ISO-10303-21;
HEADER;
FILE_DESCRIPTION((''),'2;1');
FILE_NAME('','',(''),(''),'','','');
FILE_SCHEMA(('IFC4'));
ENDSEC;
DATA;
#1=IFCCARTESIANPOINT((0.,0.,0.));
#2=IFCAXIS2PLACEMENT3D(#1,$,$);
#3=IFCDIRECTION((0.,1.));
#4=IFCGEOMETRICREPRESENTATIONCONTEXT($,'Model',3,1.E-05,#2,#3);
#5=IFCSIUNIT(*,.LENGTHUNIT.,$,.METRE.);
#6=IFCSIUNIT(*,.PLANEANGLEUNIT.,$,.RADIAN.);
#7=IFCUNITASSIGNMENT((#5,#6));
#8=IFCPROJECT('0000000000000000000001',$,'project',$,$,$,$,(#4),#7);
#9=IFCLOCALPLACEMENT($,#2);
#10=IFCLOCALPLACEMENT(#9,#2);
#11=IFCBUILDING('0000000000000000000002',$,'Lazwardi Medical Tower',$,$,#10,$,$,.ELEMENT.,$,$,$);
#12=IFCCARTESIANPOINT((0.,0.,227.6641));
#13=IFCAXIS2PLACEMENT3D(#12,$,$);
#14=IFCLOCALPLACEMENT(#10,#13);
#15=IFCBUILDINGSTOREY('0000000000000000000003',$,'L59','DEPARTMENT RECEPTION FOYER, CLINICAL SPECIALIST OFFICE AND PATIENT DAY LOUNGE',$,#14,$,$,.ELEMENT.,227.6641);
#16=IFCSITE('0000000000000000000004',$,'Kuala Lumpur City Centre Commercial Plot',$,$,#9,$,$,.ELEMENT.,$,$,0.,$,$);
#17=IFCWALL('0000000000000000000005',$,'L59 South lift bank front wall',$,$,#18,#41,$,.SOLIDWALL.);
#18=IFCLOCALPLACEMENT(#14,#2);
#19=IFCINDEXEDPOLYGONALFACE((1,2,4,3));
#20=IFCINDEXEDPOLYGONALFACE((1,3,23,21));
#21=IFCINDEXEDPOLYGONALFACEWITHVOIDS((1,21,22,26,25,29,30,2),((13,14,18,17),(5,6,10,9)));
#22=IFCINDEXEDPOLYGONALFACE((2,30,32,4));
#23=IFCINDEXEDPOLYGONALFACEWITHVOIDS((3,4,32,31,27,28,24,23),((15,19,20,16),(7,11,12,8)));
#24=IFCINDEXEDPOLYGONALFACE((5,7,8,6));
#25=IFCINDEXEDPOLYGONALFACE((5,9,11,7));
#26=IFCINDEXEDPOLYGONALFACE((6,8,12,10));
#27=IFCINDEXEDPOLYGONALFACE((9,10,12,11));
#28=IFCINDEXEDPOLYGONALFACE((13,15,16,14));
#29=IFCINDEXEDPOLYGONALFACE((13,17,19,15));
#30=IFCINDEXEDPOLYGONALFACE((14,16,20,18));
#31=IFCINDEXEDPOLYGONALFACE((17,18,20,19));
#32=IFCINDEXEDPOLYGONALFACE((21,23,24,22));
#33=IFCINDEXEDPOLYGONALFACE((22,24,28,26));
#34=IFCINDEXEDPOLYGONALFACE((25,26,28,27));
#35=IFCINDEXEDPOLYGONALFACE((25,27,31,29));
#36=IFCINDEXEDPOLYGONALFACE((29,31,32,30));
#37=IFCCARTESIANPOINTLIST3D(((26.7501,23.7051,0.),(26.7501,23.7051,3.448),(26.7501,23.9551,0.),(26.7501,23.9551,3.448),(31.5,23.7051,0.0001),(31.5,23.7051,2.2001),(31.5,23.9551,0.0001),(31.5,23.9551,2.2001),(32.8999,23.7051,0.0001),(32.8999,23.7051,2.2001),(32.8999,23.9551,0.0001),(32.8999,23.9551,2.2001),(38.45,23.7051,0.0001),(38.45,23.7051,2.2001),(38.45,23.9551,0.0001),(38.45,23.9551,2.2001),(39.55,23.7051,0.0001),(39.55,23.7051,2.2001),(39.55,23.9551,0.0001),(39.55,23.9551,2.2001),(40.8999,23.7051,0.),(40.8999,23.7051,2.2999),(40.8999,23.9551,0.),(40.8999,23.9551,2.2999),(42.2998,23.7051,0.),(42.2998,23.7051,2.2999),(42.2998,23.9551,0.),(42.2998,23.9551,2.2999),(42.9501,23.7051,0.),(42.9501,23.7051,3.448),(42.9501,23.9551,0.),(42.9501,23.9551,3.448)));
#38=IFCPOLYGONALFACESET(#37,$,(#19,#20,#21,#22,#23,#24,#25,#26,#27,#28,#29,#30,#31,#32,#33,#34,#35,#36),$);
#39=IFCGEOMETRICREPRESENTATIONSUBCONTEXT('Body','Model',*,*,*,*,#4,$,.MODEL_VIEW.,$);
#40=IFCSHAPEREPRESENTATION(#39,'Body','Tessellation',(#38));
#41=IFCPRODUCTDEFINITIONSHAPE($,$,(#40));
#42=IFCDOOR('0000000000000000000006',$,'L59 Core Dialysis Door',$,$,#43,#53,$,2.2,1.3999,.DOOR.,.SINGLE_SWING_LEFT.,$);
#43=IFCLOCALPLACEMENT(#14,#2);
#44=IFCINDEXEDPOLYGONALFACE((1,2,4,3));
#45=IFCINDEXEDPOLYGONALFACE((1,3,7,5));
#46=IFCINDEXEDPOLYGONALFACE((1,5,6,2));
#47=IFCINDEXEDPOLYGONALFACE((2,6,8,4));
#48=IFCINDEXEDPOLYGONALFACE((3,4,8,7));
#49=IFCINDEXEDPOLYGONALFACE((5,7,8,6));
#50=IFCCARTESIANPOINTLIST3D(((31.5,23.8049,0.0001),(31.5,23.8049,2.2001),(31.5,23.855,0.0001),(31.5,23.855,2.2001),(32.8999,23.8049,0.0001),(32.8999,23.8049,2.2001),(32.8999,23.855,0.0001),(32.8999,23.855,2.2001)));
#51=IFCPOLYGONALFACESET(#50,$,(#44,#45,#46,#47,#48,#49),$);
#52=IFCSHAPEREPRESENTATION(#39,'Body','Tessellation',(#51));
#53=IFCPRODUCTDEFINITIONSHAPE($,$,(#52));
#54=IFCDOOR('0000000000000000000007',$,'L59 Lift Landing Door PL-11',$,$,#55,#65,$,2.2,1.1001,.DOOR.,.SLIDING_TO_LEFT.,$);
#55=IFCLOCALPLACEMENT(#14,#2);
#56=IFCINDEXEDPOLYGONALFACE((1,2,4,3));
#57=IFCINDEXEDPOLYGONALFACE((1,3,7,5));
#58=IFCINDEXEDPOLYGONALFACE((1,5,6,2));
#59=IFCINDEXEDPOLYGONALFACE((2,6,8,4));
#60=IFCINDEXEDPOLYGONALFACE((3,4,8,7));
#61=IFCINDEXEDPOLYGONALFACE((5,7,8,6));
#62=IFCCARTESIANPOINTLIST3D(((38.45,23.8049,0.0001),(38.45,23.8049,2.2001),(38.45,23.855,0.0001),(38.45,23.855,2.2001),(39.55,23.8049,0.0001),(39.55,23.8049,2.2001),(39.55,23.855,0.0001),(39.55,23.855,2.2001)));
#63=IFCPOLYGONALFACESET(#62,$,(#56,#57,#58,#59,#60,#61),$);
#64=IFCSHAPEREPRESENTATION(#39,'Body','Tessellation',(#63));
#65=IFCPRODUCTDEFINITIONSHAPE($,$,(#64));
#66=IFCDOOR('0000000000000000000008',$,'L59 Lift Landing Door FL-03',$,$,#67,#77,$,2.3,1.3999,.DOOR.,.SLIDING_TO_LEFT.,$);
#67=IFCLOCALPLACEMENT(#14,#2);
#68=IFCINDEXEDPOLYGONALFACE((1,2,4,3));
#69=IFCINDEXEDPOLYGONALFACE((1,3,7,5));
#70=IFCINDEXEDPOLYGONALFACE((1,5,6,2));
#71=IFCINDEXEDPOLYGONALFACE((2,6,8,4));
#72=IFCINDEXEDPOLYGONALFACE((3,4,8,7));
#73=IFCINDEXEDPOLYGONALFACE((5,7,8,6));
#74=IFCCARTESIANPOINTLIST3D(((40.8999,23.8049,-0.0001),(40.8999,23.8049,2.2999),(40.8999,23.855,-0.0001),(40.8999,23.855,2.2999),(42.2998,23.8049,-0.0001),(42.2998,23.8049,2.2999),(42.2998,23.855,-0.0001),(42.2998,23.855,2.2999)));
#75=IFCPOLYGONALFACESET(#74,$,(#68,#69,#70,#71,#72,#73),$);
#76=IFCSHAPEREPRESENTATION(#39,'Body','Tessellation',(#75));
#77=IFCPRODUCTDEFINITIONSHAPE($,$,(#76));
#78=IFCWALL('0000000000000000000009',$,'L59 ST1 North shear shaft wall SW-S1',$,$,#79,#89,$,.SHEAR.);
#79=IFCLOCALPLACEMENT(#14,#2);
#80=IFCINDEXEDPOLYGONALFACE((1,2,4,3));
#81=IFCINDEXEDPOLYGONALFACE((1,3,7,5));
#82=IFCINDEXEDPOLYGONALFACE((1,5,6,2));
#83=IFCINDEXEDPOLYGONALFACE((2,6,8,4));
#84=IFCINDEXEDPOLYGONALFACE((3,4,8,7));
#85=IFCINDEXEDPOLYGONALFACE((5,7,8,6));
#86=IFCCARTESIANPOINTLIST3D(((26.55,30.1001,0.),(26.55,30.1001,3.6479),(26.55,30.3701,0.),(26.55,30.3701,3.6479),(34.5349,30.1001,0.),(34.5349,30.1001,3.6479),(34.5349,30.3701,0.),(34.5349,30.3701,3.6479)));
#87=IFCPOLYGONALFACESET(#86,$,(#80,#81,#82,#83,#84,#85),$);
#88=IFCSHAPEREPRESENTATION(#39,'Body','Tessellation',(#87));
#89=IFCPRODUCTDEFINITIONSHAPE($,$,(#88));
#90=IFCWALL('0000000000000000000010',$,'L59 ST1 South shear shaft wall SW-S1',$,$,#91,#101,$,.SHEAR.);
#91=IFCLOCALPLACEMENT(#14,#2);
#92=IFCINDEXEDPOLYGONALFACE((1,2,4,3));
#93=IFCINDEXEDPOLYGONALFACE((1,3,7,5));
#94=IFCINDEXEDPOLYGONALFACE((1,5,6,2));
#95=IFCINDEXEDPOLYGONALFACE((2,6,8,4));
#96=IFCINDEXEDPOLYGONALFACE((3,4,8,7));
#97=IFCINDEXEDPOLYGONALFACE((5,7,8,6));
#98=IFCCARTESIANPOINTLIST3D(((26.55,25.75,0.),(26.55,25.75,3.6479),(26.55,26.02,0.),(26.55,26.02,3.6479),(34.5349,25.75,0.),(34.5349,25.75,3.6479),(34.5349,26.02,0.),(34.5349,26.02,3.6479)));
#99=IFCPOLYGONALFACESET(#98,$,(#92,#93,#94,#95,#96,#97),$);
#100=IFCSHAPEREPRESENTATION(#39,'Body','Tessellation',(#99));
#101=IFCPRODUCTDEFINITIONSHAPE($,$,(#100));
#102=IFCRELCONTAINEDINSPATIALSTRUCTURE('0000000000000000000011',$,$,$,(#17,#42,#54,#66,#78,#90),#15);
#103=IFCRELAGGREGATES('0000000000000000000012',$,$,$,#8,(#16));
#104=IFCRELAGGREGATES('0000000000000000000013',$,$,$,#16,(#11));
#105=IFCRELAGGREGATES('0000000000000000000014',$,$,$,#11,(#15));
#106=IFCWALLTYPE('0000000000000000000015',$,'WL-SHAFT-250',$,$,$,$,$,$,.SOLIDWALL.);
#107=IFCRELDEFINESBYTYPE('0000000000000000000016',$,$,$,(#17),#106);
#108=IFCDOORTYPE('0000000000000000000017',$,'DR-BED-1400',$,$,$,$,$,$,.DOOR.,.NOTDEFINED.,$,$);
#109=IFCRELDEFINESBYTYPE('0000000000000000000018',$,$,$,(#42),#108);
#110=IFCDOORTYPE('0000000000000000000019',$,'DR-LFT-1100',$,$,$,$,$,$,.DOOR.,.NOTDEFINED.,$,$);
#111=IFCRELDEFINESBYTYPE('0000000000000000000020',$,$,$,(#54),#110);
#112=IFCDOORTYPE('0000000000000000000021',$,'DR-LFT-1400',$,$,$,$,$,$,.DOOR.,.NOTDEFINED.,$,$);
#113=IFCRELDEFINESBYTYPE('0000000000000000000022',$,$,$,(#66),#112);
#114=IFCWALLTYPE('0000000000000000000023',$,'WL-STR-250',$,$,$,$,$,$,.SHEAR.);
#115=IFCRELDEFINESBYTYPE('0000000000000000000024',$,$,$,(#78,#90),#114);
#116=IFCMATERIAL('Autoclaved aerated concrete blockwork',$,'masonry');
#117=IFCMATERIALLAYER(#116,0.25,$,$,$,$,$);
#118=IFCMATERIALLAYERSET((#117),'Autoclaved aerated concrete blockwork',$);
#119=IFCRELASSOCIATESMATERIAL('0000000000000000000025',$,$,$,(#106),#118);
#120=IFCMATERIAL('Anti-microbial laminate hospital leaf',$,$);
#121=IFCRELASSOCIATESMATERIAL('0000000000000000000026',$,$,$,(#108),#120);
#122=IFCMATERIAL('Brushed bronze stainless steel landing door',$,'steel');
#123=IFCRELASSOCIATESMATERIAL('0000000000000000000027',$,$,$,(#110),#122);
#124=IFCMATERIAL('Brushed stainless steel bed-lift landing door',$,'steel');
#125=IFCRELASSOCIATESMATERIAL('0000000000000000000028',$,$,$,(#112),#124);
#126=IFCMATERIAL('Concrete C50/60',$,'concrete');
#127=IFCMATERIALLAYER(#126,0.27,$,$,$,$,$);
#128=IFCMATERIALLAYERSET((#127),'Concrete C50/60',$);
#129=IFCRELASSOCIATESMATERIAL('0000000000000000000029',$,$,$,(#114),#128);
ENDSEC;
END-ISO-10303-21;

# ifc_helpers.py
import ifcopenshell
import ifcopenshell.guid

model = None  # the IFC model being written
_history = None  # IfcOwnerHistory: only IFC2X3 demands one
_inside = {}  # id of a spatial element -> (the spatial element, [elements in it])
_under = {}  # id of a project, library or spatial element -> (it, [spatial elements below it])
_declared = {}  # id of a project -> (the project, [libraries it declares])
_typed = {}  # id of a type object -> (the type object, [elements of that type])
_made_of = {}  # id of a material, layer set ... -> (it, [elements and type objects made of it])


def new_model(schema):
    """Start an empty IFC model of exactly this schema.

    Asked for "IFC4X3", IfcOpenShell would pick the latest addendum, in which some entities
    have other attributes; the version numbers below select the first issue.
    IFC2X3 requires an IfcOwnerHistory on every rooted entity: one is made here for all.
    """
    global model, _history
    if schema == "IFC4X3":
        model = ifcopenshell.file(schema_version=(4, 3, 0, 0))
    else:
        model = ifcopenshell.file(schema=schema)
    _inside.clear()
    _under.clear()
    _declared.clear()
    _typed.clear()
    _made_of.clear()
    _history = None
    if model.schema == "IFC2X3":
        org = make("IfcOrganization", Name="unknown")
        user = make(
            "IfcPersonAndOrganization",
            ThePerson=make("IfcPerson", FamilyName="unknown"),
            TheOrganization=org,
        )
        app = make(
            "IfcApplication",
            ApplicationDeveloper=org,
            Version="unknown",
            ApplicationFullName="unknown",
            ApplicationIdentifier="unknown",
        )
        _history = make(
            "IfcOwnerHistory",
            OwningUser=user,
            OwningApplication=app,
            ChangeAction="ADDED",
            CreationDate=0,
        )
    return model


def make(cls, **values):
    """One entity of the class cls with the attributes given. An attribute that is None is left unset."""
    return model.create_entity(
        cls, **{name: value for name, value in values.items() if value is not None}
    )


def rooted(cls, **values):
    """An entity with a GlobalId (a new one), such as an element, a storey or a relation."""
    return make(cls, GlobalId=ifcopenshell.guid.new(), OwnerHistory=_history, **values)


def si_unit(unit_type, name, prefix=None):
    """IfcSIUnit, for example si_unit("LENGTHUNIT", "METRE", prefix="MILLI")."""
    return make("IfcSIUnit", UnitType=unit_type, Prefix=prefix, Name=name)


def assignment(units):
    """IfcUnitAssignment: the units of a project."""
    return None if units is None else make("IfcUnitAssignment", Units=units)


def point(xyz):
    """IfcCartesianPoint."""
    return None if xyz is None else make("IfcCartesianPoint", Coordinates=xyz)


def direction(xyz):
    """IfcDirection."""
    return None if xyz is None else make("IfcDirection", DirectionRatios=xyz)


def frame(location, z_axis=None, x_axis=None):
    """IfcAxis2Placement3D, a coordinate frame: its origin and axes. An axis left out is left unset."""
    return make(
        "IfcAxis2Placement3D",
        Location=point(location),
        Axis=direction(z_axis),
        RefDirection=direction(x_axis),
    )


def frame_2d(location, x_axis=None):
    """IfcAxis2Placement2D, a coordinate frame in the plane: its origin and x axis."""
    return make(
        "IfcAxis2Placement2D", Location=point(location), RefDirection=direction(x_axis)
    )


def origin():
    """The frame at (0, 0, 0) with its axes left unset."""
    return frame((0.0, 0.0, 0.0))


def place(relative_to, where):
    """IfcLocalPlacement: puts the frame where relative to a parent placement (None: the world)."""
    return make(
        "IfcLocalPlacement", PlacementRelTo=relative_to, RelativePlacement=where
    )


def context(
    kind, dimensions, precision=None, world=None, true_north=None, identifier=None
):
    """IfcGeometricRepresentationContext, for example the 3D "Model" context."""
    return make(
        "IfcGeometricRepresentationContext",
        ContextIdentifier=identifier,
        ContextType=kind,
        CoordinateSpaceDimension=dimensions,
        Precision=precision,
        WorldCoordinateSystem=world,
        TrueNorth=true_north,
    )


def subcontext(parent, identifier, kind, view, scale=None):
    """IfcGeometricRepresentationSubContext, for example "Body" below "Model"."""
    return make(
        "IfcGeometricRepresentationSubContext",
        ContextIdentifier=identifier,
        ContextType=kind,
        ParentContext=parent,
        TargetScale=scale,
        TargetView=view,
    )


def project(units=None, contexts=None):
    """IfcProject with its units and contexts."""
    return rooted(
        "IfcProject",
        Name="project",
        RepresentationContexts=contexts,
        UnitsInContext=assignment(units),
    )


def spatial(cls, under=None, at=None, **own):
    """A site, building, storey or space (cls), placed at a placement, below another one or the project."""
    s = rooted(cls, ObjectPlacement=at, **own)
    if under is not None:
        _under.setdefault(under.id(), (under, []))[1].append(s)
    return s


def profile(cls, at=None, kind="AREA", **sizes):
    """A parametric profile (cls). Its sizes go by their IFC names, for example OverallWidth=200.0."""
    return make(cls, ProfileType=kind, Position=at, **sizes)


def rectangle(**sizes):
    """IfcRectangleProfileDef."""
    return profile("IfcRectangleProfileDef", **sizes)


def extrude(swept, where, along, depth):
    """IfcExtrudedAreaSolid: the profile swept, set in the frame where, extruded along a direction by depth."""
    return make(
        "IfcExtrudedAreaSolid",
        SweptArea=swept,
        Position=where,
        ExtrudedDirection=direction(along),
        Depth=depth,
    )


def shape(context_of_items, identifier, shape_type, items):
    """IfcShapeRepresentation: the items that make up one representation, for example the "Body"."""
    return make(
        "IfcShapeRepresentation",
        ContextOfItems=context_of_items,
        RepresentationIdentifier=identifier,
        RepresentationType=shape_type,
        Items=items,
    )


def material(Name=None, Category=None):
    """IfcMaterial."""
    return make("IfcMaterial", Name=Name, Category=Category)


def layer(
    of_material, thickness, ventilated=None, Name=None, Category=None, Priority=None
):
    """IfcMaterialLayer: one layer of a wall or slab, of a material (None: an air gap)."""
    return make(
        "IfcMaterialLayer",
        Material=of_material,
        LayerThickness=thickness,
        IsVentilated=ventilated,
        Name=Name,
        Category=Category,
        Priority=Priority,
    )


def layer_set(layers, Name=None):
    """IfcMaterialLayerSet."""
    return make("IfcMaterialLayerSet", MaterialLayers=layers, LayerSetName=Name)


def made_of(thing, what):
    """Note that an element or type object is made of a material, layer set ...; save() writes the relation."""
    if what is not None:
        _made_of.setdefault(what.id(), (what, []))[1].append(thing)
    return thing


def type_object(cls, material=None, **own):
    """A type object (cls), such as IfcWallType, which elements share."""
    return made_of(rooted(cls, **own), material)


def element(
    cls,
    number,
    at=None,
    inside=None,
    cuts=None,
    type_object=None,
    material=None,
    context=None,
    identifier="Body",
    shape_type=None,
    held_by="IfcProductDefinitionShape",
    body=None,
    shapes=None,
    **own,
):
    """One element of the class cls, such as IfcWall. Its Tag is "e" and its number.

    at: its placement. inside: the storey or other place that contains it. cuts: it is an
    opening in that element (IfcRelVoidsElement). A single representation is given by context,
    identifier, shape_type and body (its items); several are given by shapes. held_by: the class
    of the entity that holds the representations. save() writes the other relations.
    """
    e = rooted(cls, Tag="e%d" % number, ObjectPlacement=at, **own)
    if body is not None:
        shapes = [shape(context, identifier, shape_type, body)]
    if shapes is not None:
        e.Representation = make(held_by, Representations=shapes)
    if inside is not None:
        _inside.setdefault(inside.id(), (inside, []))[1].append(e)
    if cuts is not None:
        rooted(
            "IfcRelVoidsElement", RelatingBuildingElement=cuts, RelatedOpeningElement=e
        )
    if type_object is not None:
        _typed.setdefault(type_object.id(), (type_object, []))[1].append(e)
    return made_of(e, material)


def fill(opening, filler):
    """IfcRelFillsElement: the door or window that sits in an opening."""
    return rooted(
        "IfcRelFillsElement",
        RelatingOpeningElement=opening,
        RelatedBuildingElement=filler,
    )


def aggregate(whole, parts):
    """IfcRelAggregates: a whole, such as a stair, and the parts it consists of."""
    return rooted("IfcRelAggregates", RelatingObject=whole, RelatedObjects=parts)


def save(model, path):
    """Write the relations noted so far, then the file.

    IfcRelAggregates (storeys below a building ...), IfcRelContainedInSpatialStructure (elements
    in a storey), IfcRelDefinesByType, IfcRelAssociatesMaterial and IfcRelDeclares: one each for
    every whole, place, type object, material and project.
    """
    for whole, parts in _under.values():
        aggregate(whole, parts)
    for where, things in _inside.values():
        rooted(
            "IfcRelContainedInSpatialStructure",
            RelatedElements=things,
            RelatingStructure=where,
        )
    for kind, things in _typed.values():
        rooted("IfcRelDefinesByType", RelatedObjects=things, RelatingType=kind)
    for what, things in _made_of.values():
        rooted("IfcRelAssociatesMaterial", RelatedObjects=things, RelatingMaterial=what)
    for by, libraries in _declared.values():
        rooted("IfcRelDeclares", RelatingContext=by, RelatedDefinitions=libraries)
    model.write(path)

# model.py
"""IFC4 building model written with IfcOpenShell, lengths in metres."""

from ifc_helpers import new_model, si_unit, direction, frame, frame_2d, origin, place, context, subcontext, project, spatial, rectangle, extrude, material, layer, layer_set, type_object, element, fill, save


model = new_model("IFC4")

# Units and contexts
model_context = context("Model", 3, precision=1e-05, world=origin(), true_north=direction((0.0, 1.0)))
body_context = subcontext(model_context, "Body", "Model", "MODEL_VIEW")
ifc_project = project(units=[si_unit("LENGTHUNIT", "METRE"), si_unit("PLANEANGLEUNIT", "RADIAN")], contexts=[model_context])

# Site, building, storey
site_placement = place(None, origin())
site = spatial("IfcSite", under=ifc_project, at=site_placement, Name="Kuala Lumpur City Centre Commercial Plot", CompositionType="ELEMENT", RefElevation=0.0)
building_placement = place(site_placement, origin())
building = spatial("IfcBuilding", under=site, at=building_placement, Name="Lazwardi Medical Tower", CompositionType="ELEMENT")
storey_placement = place(building_placement, frame((0.0, 0.0, 227.6641)))
storey = spatial("IfcBuildingStorey", under=building, at=storey_placement, Name="L59", Description="DEPARTMENT RECEPTION FOYER, CLINICAL SPECIALIST OFFICE AND PATIENT DAY LOUNGE", CompositionType="ELEMENT", Elevation=227.6641)

# Wall, openings, doors
ifc_material_1 = material(Name="Autoclaved aerated concrete blockwork", Category="masonry")
ifc_layer_1 = layer(ifc_material_1, 0.25)
ifc_layer_set_1 = layer_set([ifc_layer_1], Name="Autoclaved aerated concrete blockwork")
wall_type_1 = type_object("IfcWallType", Name="WL-SHAFT-250", PredefinedType="SOLIDWALL", material=ifc_layer_set_1)
wall_1_placement = place(storey_placement, frame((26.75, 23.8301, 0.0), z_axis=(0.0, 0.0, 1.0), x_axis=(1.0, 0.0, 0.0)))
wall_1 = element("IfcWall", 1, at=wall_1_placement, inside=storey, type_object=wall_type_1, Name="L59 South lift bank front wall", PredefinedType="SOLIDWALL", context=body_context, shape_type="SweptSolid", body=[
    extrude(rectangle(XDim=16.2, YDim=0.25, at=frame_2d((8.1001, 0.0))), origin(), (0.0, 0.0, 1.0), 3.448),
])
opening_1_placement = place(wall_1_placement, frame((4.75, 0.0, 0.0)))
opening_1 = element("IfcOpeningElement", 2, at=opening_1_placement, cuts=wall_1, PredefinedType="OPENING", context=body_context, shape_type="SweptSolid", body=[
    extrude(rectangle(XDim=1.3999, YDim=2.2, at=frame_2d((0.7, 1.1001))), frame((0.0, 0.135, 0.0), z_axis=(0.0, -1.0, 0.0), x_axis=(1.0, 0.0, 0.0)), (0.0, 0.0, 1.0), 0.27),
])
opening_2_placement = place(wall_1_placement, frame((11.7, 0.0, 0.0)))
opening_2 = element("IfcOpeningElement", 3, at=opening_2_placement, cuts=wall_1, PredefinedType="OPENING", context=body_context, shape_type="SweptSolid", body=[
    extrude(rectangle(XDim=1.1001, YDim=2.2, at=frame_2d((0.55, 1.1001))), frame((0.0, 0.135, 0.0), z_axis=(0.0, -1.0, 0.0), x_axis=(1.0, 0.0, 0.0)), (0.0, 0.0, 1.0), 0.27),
])
opening_3_placement = place(wall_1_placement, frame((14.1499, 0.0, 0.0)))
opening_3 = element("IfcOpeningElement", 4, at=opening_3_placement, cuts=wall_1, PredefinedType="OPENING", context=body_context, shape_type="SweptSolid", body=[
    extrude(rectangle(XDim=1.3999, YDim=2.3, at=frame_2d((0.7, 1.1499))), frame((0.0, 0.135, 0.0), z_axis=(0.0, -1.0, 0.0), x_axis=(1.0, 0.0, 0.0)), (0.0, 0.0, 1.0), 0.27),
])
ifc_material_2 = material(Name="Anti-microbial laminate hospital leaf")
door_type_1 = type_object("IfcDoorType", Name="DR-BED-1400", OperationType="NOTDEFINED", PredefinedType="DOOR", material=ifc_material_2)
door_1_placement = place(opening_1_placement, origin())
door_1 = element("IfcDoor", 5, at=door_1_placement, inside=storey, type_object=door_type_1, Name="L59 Core Dialysis Door", OperationType="SINGLE_SWING_LEFT", OverallHeight=2.2, OverallWidth=1.3999, PredefinedType="DOOR", context=body_context, shape_type="SweptSolid", body=[
    extrude(rectangle(XDim=1.3999, YDim=2.2, at=frame_2d((0.7, 1.1001))), frame((0.0, 0.0249, 0.0), z_axis=(0.0, -1.0, 0.0), x_axis=(1.0, 0.0, 0.0)), (0.0, 0.0, 1.0), 0.05),
])
fill(opening_1, door_1)
ifc_material_3 = material(Name="Brushed bronze stainless steel landing door", Category="steel")
door_type_2 = type_object("IfcDoorType", Name="DR-LFT-1100", OperationType="NOTDEFINED", PredefinedType="DOOR", material=ifc_material_3)
door_2_placement = place(opening_2_placement, origin())
door_2 = element("IfcDoor", 6, at=door_2_placement, inside=storey, type_object=door_type_2, Name="L59 Lift Landing Door PL-11", OperationType="SLIDING_TO_LEFT", OverallHeight=2.2, OverallWidth=1.1001, PredefinedType="DOOR", context=body_context, shape_type="SweptSolid", body=[
    extrude(rectangle(XDim=1.1001, YDim=2.2, at=frame_2d((0.55, 1.1001))), frame((0.0, 0.0249, 0.0), z_axis=(0.0, -1.0, 0.0), x_axis=(1.0, 0.0, 0.0)), (0.0, 0.0, 1.0), 0.05),
])
fill(opening_2, door_2)
ifc_material_4 = material(Name="Brushed stainless steel bed-lift landing door", Category="steel")
door_type_3 = type_object("IfcDoorType", Name="DR-LFT-1400", OperationType="NOTDEFINED", PredefinedType="DOOR", material=ifc_material_4)
door_3_placement = place(opening_3_placement, origin())
door_3 = element("IfcDoor", 7, at=door_3_placement, inside=storey, type_object=door_type_3, Name="L59 Lift Landing Door FL-03", OperationType="SLIDING_TO_LEFT", OverallHeight=2.3, OverallWidth=1.3999, PredefinedType="DOOR", context=body_context, shape_type="SweptSolid", body=[
    extrude(rectangle(XDim=1.3999, YDim=2.3, at=frame_2d((0.7, 1.1499))), frame((0.0, 0.0249, 0.0), z_axis=(0.0, -1.0, 0.0), x_axis=(1.0, 0.0, 0.0)), (0.0, 0.0, 1.0), 0.05),
])
fill(opening_3, door_3)

# Walls
ifc_material_5 = material(Name="Concrete C50/60", Category="concrete")
ifc_layer_2 = layer(ifc_material_5, 0.27)
ifc_layer_set_2 = layer_set([ifc_layer_2], Name="Concrete C50/60")
wall_type_2 = type_object("IfcWallType", Name="WL-STR-250", PredefinedType="SHEAR", material=ifc_layer_set_2)
for number, where, z_axis, x_axis, name in (
    (8, (26.55, 30.2351, 0.0), (0.0, 0.0, 1.0), (1.0, 0.0, 0.0), "L59 ST1 North shear shaft wall SW-S1"),
    (9, (26.55, 25.885, 0.0), (0.0, 0.0, 1.0), (1.0, 0.0, 0.0), "L59 ST1 South shear shaft wall SW-S1"),
):
    element("IfcWall", number, at=place(storey_placement, frame(where, z_axis=z_axis, x_axis=x_axis)), inside=storey, type_object=wall_type_2, Name=name, PredefinedType="SHEAR", context=body_context, shape_type="SweptSolid", body=[
        extrude(rectangle(XDim=7.9849, YDim=0.27, at=frame_2d((3.9924, 0.0))), origin(), (0.0, 0.0, 1.0), 3.6479),
    ])

save(model, "model.ifc")
